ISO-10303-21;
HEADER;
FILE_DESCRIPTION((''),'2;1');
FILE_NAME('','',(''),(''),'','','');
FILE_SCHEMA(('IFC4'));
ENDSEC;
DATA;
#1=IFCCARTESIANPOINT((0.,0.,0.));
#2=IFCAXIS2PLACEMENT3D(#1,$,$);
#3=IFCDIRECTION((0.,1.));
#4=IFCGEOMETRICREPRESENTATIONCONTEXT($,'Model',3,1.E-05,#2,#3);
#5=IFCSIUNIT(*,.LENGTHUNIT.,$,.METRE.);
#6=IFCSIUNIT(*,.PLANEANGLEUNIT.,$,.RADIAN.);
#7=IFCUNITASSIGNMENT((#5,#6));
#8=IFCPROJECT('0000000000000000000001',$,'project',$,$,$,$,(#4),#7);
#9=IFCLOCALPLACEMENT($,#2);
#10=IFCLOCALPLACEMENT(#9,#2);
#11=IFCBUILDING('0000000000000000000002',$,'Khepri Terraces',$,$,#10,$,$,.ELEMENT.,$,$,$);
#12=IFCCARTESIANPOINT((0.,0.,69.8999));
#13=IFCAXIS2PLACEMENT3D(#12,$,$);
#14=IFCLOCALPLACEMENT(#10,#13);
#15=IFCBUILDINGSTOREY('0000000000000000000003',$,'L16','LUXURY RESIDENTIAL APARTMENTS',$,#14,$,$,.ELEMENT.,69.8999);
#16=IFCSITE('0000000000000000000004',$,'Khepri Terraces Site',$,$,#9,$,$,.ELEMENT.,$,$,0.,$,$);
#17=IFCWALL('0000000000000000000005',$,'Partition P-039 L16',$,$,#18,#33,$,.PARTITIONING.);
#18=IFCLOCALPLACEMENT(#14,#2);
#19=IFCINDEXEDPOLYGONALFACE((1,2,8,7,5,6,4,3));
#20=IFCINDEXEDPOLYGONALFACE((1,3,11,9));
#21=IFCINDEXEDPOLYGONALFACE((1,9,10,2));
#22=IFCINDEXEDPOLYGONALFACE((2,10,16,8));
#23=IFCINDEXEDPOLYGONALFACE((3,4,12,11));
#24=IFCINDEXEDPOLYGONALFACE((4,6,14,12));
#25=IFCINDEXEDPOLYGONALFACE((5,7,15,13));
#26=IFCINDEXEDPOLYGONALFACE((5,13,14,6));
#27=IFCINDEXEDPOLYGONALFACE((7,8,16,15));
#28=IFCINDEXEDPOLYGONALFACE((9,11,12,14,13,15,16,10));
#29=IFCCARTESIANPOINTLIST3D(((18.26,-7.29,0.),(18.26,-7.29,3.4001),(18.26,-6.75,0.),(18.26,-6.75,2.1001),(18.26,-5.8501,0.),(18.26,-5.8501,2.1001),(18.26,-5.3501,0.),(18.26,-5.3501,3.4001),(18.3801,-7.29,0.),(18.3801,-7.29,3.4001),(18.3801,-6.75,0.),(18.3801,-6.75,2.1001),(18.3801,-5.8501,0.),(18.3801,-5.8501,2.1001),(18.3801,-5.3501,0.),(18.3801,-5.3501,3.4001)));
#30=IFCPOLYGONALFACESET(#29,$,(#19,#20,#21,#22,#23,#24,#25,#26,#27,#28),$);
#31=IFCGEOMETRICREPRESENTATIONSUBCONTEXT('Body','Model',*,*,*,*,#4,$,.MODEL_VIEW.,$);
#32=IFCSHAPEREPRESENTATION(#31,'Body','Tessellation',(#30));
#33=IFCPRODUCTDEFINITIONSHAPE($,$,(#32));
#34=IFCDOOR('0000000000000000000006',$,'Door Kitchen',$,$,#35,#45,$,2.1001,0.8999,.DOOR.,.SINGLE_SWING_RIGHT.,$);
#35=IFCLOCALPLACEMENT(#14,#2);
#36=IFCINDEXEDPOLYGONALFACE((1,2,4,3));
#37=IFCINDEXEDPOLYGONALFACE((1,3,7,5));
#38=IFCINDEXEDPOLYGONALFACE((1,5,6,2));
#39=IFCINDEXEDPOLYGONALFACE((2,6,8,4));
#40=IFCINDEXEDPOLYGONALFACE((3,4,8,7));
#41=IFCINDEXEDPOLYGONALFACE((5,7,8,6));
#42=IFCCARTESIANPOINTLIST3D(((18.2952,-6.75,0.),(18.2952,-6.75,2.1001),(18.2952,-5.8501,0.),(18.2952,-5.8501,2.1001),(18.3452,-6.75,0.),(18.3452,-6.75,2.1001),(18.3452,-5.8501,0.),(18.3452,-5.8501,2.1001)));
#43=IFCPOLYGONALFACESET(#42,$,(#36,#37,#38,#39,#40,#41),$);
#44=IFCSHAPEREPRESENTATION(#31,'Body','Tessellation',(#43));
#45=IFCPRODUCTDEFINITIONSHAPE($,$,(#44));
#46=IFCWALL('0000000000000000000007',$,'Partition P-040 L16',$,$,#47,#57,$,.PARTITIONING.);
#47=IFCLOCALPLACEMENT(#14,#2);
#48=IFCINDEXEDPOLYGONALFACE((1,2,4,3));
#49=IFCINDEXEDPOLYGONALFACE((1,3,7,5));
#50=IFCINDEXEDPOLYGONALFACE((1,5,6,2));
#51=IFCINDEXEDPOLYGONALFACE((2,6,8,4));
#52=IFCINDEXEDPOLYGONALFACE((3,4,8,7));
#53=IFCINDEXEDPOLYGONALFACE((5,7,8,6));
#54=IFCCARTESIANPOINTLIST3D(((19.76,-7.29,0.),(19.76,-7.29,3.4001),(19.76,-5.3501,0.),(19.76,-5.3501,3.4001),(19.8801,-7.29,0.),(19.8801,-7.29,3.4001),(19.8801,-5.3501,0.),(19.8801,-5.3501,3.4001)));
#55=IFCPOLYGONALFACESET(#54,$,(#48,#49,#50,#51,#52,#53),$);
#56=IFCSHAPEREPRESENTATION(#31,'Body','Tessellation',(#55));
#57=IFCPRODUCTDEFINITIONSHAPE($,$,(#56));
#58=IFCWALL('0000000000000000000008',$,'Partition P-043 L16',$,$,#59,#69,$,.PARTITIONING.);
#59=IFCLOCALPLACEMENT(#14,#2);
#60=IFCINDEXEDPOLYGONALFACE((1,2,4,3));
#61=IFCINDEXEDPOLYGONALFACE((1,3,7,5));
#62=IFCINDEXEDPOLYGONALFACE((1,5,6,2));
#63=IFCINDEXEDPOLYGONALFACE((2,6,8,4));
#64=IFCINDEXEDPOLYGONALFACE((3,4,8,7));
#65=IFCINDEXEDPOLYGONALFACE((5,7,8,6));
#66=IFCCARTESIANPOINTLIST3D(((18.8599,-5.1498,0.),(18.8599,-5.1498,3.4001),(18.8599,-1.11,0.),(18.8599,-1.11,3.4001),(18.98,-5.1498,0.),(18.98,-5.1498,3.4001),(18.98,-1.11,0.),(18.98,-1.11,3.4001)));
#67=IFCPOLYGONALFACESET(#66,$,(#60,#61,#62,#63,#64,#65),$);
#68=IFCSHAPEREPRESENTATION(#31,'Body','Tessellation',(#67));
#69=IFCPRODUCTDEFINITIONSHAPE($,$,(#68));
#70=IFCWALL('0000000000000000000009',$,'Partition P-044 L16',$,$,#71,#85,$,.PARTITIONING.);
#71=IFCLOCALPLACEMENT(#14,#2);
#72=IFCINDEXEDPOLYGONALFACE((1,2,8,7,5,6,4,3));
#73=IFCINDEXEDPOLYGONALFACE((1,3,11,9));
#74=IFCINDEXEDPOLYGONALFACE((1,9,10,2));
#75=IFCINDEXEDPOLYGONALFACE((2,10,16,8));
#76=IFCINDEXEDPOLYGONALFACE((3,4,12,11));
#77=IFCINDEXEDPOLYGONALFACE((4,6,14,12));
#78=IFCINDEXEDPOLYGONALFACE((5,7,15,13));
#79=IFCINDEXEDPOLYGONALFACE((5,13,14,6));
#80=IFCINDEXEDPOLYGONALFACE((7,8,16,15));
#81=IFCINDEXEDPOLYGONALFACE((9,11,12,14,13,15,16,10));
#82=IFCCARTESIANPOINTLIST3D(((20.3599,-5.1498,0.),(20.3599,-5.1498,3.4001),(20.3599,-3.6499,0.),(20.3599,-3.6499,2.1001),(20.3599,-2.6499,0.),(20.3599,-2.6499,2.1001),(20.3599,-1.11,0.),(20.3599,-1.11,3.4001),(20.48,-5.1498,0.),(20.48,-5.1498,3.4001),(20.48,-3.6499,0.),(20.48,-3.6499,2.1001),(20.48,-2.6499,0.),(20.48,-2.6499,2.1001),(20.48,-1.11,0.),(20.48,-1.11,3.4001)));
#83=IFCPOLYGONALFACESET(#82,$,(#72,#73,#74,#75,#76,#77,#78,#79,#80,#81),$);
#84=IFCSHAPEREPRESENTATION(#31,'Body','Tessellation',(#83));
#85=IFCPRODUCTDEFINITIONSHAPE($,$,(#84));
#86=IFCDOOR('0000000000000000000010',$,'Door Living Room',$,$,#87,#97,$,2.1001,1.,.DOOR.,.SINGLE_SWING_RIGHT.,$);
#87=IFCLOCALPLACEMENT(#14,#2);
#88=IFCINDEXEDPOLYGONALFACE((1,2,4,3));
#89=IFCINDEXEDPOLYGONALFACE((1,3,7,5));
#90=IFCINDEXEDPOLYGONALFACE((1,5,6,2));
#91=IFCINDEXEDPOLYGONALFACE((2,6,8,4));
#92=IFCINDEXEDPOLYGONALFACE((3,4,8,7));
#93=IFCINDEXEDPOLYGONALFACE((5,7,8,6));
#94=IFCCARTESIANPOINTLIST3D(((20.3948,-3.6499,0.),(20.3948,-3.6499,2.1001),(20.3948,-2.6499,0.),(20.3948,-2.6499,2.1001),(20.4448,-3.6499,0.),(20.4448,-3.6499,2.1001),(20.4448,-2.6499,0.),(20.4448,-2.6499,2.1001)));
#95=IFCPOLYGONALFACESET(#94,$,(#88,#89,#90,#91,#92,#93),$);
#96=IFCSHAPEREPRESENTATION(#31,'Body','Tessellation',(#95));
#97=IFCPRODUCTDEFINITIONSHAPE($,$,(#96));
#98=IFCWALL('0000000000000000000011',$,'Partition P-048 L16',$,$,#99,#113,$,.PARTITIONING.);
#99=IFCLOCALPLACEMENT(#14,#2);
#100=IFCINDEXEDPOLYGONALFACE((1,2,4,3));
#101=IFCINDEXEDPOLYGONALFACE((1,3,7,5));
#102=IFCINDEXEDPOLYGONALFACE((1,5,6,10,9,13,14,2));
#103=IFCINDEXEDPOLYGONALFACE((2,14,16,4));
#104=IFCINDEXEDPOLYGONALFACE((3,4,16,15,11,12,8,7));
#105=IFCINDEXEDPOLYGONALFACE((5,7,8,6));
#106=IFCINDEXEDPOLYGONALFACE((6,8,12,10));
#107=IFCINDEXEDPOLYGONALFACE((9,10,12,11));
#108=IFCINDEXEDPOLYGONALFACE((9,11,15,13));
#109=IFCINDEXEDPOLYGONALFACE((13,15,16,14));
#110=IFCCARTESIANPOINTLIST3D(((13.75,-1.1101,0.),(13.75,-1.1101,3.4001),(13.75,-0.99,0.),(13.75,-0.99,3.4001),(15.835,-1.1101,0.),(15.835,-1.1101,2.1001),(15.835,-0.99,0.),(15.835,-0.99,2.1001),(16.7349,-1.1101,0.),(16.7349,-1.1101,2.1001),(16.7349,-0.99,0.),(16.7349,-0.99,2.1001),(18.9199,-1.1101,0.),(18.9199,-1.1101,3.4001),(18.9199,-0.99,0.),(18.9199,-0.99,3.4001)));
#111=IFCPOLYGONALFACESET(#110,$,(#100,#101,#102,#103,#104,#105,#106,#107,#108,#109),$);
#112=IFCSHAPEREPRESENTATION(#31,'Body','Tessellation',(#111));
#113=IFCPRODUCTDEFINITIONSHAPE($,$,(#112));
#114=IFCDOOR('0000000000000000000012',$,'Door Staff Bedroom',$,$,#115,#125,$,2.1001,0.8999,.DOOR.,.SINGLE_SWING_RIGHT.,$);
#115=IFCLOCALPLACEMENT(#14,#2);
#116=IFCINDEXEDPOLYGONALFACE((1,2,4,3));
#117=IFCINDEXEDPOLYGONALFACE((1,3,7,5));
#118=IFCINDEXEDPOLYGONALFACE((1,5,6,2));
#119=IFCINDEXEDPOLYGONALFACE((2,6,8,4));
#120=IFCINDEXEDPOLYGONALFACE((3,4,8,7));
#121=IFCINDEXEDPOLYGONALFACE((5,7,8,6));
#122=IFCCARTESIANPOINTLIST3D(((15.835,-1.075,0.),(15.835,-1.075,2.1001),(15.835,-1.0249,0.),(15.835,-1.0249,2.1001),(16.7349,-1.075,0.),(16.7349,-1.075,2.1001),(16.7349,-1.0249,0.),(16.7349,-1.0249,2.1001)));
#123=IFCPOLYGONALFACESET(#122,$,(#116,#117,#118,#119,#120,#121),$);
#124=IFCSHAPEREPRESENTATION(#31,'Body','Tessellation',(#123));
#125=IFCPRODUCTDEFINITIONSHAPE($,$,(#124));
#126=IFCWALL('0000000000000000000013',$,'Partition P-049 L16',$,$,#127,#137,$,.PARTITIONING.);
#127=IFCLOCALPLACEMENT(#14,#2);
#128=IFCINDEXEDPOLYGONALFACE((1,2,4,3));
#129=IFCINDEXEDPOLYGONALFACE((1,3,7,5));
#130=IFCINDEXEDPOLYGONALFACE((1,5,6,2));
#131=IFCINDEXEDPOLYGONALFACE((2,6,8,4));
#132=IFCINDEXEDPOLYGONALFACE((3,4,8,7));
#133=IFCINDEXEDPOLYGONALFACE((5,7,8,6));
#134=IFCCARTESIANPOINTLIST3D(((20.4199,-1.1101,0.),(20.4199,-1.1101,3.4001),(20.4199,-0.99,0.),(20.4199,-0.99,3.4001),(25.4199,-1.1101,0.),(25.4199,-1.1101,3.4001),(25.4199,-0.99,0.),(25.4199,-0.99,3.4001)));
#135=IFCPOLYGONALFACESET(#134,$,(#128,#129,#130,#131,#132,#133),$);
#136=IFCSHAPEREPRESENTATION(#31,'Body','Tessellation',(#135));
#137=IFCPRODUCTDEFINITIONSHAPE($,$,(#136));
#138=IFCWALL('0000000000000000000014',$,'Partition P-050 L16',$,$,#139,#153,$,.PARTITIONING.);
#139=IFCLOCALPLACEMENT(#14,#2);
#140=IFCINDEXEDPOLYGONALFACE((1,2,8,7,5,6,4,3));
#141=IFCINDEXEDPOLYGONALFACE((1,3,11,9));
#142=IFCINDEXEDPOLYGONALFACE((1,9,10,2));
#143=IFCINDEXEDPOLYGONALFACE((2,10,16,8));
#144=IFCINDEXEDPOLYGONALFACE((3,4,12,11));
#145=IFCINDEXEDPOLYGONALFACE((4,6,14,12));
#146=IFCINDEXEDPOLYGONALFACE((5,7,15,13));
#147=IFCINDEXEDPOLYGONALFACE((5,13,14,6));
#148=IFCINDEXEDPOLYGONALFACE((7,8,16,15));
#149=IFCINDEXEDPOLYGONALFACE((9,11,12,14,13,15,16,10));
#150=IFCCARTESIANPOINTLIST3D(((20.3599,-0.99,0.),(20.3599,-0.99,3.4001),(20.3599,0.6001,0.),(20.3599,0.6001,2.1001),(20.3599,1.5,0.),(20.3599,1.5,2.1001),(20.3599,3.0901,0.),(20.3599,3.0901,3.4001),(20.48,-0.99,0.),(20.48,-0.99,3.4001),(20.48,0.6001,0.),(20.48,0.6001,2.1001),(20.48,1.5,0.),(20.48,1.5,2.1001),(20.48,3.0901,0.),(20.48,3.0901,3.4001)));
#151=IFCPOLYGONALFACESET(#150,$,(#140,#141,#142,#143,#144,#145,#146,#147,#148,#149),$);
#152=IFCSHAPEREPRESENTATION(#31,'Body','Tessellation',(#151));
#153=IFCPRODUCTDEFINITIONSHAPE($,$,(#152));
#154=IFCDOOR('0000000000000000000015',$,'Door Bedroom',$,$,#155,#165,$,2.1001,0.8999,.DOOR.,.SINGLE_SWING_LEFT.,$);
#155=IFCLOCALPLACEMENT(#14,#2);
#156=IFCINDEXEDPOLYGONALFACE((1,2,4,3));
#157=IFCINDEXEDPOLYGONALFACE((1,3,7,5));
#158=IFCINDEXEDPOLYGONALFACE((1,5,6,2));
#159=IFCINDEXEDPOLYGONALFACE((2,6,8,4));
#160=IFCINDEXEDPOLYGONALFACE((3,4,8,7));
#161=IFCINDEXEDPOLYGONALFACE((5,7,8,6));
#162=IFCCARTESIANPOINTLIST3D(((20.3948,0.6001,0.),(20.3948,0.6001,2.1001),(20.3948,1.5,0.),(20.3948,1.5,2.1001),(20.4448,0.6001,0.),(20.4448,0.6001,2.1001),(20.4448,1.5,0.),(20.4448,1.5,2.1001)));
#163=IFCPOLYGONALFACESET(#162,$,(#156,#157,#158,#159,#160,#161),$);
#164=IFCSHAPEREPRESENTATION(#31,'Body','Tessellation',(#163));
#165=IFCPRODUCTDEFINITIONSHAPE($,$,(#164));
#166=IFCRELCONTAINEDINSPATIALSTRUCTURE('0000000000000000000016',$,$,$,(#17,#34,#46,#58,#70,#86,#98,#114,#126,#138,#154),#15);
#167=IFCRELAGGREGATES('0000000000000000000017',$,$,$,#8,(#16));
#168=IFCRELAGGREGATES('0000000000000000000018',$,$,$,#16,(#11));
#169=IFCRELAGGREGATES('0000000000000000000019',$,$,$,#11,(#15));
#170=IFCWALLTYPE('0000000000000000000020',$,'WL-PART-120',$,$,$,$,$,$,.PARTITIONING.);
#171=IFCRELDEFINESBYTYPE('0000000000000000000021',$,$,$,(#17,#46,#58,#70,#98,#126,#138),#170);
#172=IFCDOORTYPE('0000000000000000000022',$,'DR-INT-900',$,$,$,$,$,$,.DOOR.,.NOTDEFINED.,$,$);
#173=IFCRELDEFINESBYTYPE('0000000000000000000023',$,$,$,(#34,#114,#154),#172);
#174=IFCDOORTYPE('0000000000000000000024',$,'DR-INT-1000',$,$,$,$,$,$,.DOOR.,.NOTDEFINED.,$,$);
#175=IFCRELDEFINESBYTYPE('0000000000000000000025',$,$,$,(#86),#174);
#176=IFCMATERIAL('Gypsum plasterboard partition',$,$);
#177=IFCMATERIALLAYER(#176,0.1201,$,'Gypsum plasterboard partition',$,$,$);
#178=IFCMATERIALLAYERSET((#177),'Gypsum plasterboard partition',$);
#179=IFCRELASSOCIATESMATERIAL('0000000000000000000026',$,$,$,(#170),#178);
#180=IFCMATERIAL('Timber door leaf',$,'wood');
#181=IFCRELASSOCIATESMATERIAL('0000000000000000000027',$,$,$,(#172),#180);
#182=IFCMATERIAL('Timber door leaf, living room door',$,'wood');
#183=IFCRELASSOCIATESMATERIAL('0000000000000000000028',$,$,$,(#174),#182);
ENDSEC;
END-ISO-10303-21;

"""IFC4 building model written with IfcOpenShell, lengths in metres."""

from ifc_helpers import new_model, si_unit, direction, frame, frame_2d, origin, place, context, subcontext, project, spatial, rectangle, extrude, material, layer, layer_set, type_object, element, fill, save


model = new_model("IFC4")

# Units and contexts
model_context = context("Model", 3, precision=1e-05, world=origin(), true_north=direction((0.0, 1.0)))
body_context = subcontext(model_context, "Body", "Model", "MODEL_VIEW")
ifc_project = project(units=[si_unit("LENGTHUNIT", "METRE"), si_unit("PLANEANGLEUNIT", "RADIAN")], contexts=[model_context])

# Site, building, storey
site_placement = place(None, origin())
site = spatial("IfcSite", under=ifc_project, at=site_placement, Name="Khepri Terraces Site", CompositionType="ELEMENT", RefElevation=0.0)
building_placement = place(site_placement, origin())
building = spatial("IfcBuilding", under=site, at=building_placement, Name="Khepri Terraces", CompositionType="ELEMENT")
storey_placement = place(building_placement, frame((0.0, 0.0, 69.8999)))
storey = spatial("IfcBuildingStorey", under=building, at=storey_placement, Name="L16", Description="LUXURY RESIDENTIAL APARTMENTS", CompositionType="ELEMENT", Elevation=69.8999)

# Shared definitions
ifc_material_1 = material(Name="Gypsum plasterboard partition")
ifc_layer_1 = layer(ifc_material_1, 0.1201, Name="Gypsum plasterboard partition")
ifc_layer_set_1 = layer_set([ifc_layer_1], Name="Gypsum plasterboard partition")
wall_type_1 = type_object("IfcWallType", Name="WL-PART-120", PredefinedType="PARTITIONING", material=ifc_layer_set_1)

# Shared definitions
ifc_material_2 = material(Name="Timber door leaf", Category="wood")
door_type_1 = type_object("IfcDoorType", Name="DR-INT-900", OperationType="NOTDEFINED", PredefinedType="DOOR", material=ifc_material_2)

# Wall, opening, door
wall_1_placement = place(storey_placement, frame((18.3201, -7.29, 0.0), z_axis=(0.0, 0.0, 1.0), x_axis=(0.0, 1.0, 0.0)))
wall_1 = element("IfcWall", 1, at=wall_1_placement, inside=storey, type_object=wall_type_1, Name="Partition P-039 L16", PredefinedType="PARTITIONING", context=body_context, shape_type="SweptSolid", body=[
    extrude(rectangle(XDim=1.9399, YDim=0.1201, at=frame_2d((0.97, 0.0))), origin(), (0.0, 0.0, 1.0), 3.4001),
])
opening_1_placement = place(wall_1_placement, frame((0.54, 0.0, 0.0)))
opening_1 = element("IfcOpeningElement", 2, at=opening_1_placement, cuts=wall_1, PredefinedType="OPENING", context=body_context, shape_type="SweptSolid", body=[
    extrude(rectangle(XDim=0.8999, YDim=2.1001, at=frame_2d((0.45, 1.05))), frame((0.0, 0.0701, 0.0), z_axis=(0.0, -1.0, 0.0), x_axis=(1.0, 0.0, 0.0)), (0.0, 0.0, 1.0), 0.1401),
])
door_1_placement = place(opening_1_placement, origin())
door_1 = element("IfcDoor", 3, at=door_1_placement, inside=storey, type_object=door_type_1, Name="Door Kitchen", OperationType="SINGLE_SWING_RIGHT", OverallHeight=2.1001, OverallWidth=0.8999, PredefinedType="DOOR", context=body_context, shape_type="SweptSolid", body=[
    extrude(rectangle(XDim=0.8999, YDim=2.1001, at=frame_2d((0.45, 1.05))), frame((0.0, 0.0249, 0.0), z_axis=(0.0, -1.0, 0.0), x_axis=(1.0, 0.0, 0.0)), (0.0, 0.0, 1.0), 0.05),
])
fill(opening_1, door_1)

# Walls
wall_2_placement = place(storey_placement, frame((19.8201, -7.29, 0.0), z_axis=(0.0, 0.0, 1.0), x_axis=(0.0, 1.0, 0.0)))
element("IfcWall", 4, at=wall_2_placement, inside=storey, type_object=wall_type_1, Name="Partition P-040 L16", PredefinedType="PARTITIONING", context=body_context, shape_type="SweptSolid", body=[
    extrude(rectangle(XDim=1.9399, YDim=0.1201, at=frame_2d((0.97, 0.0))), origin(), (0.0, 0.0, 1.0), 3.4001),
])
wall_3_placement = place(storey_placement, frame((18.9199, -5.1499, 0.0), z_axis=(0.0, 0.0, 1.0), x_axis=(0.0, 1.0, 0.0)))
element("IfcWall", 5, at=wall_3_placement, inside=storey, type_object=wall_type_1, Name="Partition P-043 L16", PredefinedType="PARTITIONING", context=body_context, shape_type="SweptSolid", body=[
    extrude(rectangle(XDim=4.0398, YDim=0.1201, at=frame_2d((2.02, 0.0))), origin(), (0.0, 0.0, 1.0), 3.4001),
])

# Walls, openings, doors
wall_4_placement = place(storey_placement, frame((20.4199, -5.1499, 0.0), z_axis=(0.0, 0.0, 1.0), x_axis=(0.0, 1.0, 0.0)))
wall_4 = element("IfcWall", 6, at=wall_4_placement, inside=storey, type_object=wall_type_1, Name="Partition P-044 L16", PredefinedType="PARTITIONING", context=body_context, shape_type="SweptSolid", body=[
    extrude(rectangle(XDim=4.0398, YDim=0.1201, at=frame_2d((2.02, 0.0))), origin(), (0.0, 0.0, 1.0), 3.4001),
])
opening_2_placement = place(wall_4_placement, frame((1.5, 0.0, 0.0)))
opening_2 = element("IfcOpeningElement", 7, at=opening_2_placement, cuts=wall_4, PredefinedType="OPENING", context=body_context, shape_type="SweptSolid", body=[
    extrude(rectangle(XDim=1.0, YDim=2.1001, at=frame_2d((0.5, 1.05))), frame((0.0, 0.0701, 0.0), z_axis=(0.0, -1.0, 0.0), x_axis=(1.0, 0.0, 0.0)), (0.0, 0.0, 1.0), 0.1401),
])
ifc_material_3 = material(Name="Timber door leaf, living room door", Category="wood")
door_type_2 = type_object("IfcDoorType", Name="DR-INT-1000", OperationType="NOTDEFINED", PredefinedType="DOOR", material=ifc_material_3)
door_2_placement = place(opening_2_placement, frame((1.0, 0.0, 0.0), z_axis=(0.0, 0.0, 1.0), x_axis=(-1.0, 0.0, 0.0)))
door_2 = element("IfcDoor", 8, at=door_2_placement, inside=storey, type_object=door_type_2, Name="Door Living Room", OperationType="SINGLE_SWING_RIGHT", OverallHeight=2.1001, OverallWidth=1.0, PredefinedType="DOOR", context=body_context, shape_type="SweptSolid", body=[
    extrude(rectangle(XDim=1.0, YDim=2.1001, at=frame_2d((0.5, 1.05))), frame((0.0, 0.0249, 0.0), z_axis=(0.0, -1.0, 0.0), x_axis=(1.0, 0.0, 0.0)), (0.0, 0.0, 1.0), 0.05),
])
fill(opening_2, door_2)
wall_5_placement = place(storey_placement, frame((13.75, -1.05, 0.0), z_axis=(0.0, 0.0, 1.0), x_axis=(1.0, 0.0, 0.0)))
wall_5 = element("IfcWall", 9, at=wall_5_placement, inside=storey, type_object=wall_type_1, Name="Partition P-048 L16", PredefinedType="PARTITIONING", context=body_context, shape_type="SweptSolid", body=[
    extrude(rectangle(XDim=5.1699, YDim=0.1201, at=frame_2d((2.585, 0.0))), origin(), (0.0, 0.0, 1.0), 3.4001),
])
opening_3_placement = place(wall_5_placement, frame((2.085, 0.0, 0.0)))
opening_3 = element("IfcOpeningElement", 10, at=opening_3_placement, cuts=wall_5, PredefinedType="OPENING", context=body_context, shape_type="SweptSolid", body=[
    extrude(rectangle(XDim=0.8999, YDim=2.1001, at=frame_2d((0.45, 1.05))), frame((0.0, 0.0701, 0.0), z_axis=(0.0, -1.0, 0.0), x_axis=(1.0, 0.0, 0.0)), (0.0, 0.0, 1.0), 0.1401),
])
door_3_placement = place(opening_3_placement, frame((0.8999, 0.0, 0.0), z_axis=(0.0, 0.0, 1.0), x_axis=(-1.0, 0.0, 0.0)))
door_3 = element("IfcDoor", 11, at=door_3_placement, inside=storey, type_object=door_type_1, Name="Door Staff Bedroom", OperationType="SINGLE_SWING_RIGHT", OverallHeight=2.1001, OverallWidth=0.8999, PredefinedType="DOOR", context=body_context, shape_type="SweptSolid", body=[
    extrude(rectangle(XDim=0.8999, YDim=2.1001, at=frame_2d((0.45, 1.05))), frame((0.0, 0.0249, 0.0), z_axis=(0.0, -1.0, 0.0), x_axis=(1.0, 0.0, 0.0)), (0.0, 0.0, 1.0), 0.05),
])
fill(opening_3, door_3)

# Wall
wall_6_placement = place(storey_placement, frame((20.4199, -1.05, 0.0), z_axis=(0.0, 0.0, 1.0), x_axis=(1.0, 0.0, 0.0)))
element("IfcWall", 12, at=wall_6_placement, inside=storey, type_object=wall_type_1, Name="Partition P-049 L16", PredefinedType="PARTITIONING", context=body_context, shape_type="SweptSolid", body=[
    extrude(rectangle(XDim=5.0, YDim=0.1201, at=frame_2d((2.5, 0.0))), origin(), (0.0, 0.0, 1.0), 3.4001),
])

# Wall, opening, door
wall_7_placement = place(storey_placement, frame((20.4199, -0.99, 0.0), z_axis=(0.0, 0.0, 1.0), x_axis=(0.0, 1.0, 0.0)))
wall_7 = element("IfcWall", 13, at=wall_7_placement, inside=storey, type_object=wall_type_1, Name="Partition P-050 L16", PredefinedType="PARTITIONING", context=body_context, shape_type="SweptSolid", body=[
    extrude(rectangle(XDim=4.0801, YDim=0.1201, at=frame_2d((2.04, 0.0))), origin(), (0.0, 0.0, 1.0), 3.4001),
])
opening_4_placement = place(wall_7_placement, frame((1.5901, 0.0, 0.0)))
opening_4 = element("IfcOpeningElement", 14, at=opening_4_placement, cuts=wall_7, PredefinedType="OPENING", context=body_context, shape_type="SweptSolid", body=[
    extrude(rectangle(XDim=0.8999, YDim=2.1001, at=frame_2d((0.45, 1.05))), frame((0.0, 0.0701, 0.0), z_axis=(0.0, -1.0, 0.0), x_axis=(1.0, 0.0, 0.0)), (0.0, 0.0, 1.0), 0.1401),
])
door_4_placement = place(opening_4_placement, frame((0.8999, 0.0, 0.0), z_axis=(0.0, 0.0, 1.0), x_axis=(-1.0, 0.0, 0.0)))
door_4 = element("IfcDoor", 15, at=door_4_placement, inside=storey, type_object=door_type_1, Name="Door Bedroom", OperationType="SINGLE_SWING_LEFT", OverallHeight=2.1001, OverallWidth=0.8999, PredefinedType="DOOR", context=body_context, shape_type="SweptSolid", body=[
    extrude(rectangle(XDim=0.8999, YDim=2.1001, at=frame_2d((0.45, 1.05))), frame((0.0, 0.0249, 0.0), z_axis=(0.0, -1.0, 0.0), x_axis=(1.0, 0.0, 0.0)), (0.0, 0.0, 1.0), 0.05),
])
fill(opening_4, door_4)

save(model, "model.ifc")
